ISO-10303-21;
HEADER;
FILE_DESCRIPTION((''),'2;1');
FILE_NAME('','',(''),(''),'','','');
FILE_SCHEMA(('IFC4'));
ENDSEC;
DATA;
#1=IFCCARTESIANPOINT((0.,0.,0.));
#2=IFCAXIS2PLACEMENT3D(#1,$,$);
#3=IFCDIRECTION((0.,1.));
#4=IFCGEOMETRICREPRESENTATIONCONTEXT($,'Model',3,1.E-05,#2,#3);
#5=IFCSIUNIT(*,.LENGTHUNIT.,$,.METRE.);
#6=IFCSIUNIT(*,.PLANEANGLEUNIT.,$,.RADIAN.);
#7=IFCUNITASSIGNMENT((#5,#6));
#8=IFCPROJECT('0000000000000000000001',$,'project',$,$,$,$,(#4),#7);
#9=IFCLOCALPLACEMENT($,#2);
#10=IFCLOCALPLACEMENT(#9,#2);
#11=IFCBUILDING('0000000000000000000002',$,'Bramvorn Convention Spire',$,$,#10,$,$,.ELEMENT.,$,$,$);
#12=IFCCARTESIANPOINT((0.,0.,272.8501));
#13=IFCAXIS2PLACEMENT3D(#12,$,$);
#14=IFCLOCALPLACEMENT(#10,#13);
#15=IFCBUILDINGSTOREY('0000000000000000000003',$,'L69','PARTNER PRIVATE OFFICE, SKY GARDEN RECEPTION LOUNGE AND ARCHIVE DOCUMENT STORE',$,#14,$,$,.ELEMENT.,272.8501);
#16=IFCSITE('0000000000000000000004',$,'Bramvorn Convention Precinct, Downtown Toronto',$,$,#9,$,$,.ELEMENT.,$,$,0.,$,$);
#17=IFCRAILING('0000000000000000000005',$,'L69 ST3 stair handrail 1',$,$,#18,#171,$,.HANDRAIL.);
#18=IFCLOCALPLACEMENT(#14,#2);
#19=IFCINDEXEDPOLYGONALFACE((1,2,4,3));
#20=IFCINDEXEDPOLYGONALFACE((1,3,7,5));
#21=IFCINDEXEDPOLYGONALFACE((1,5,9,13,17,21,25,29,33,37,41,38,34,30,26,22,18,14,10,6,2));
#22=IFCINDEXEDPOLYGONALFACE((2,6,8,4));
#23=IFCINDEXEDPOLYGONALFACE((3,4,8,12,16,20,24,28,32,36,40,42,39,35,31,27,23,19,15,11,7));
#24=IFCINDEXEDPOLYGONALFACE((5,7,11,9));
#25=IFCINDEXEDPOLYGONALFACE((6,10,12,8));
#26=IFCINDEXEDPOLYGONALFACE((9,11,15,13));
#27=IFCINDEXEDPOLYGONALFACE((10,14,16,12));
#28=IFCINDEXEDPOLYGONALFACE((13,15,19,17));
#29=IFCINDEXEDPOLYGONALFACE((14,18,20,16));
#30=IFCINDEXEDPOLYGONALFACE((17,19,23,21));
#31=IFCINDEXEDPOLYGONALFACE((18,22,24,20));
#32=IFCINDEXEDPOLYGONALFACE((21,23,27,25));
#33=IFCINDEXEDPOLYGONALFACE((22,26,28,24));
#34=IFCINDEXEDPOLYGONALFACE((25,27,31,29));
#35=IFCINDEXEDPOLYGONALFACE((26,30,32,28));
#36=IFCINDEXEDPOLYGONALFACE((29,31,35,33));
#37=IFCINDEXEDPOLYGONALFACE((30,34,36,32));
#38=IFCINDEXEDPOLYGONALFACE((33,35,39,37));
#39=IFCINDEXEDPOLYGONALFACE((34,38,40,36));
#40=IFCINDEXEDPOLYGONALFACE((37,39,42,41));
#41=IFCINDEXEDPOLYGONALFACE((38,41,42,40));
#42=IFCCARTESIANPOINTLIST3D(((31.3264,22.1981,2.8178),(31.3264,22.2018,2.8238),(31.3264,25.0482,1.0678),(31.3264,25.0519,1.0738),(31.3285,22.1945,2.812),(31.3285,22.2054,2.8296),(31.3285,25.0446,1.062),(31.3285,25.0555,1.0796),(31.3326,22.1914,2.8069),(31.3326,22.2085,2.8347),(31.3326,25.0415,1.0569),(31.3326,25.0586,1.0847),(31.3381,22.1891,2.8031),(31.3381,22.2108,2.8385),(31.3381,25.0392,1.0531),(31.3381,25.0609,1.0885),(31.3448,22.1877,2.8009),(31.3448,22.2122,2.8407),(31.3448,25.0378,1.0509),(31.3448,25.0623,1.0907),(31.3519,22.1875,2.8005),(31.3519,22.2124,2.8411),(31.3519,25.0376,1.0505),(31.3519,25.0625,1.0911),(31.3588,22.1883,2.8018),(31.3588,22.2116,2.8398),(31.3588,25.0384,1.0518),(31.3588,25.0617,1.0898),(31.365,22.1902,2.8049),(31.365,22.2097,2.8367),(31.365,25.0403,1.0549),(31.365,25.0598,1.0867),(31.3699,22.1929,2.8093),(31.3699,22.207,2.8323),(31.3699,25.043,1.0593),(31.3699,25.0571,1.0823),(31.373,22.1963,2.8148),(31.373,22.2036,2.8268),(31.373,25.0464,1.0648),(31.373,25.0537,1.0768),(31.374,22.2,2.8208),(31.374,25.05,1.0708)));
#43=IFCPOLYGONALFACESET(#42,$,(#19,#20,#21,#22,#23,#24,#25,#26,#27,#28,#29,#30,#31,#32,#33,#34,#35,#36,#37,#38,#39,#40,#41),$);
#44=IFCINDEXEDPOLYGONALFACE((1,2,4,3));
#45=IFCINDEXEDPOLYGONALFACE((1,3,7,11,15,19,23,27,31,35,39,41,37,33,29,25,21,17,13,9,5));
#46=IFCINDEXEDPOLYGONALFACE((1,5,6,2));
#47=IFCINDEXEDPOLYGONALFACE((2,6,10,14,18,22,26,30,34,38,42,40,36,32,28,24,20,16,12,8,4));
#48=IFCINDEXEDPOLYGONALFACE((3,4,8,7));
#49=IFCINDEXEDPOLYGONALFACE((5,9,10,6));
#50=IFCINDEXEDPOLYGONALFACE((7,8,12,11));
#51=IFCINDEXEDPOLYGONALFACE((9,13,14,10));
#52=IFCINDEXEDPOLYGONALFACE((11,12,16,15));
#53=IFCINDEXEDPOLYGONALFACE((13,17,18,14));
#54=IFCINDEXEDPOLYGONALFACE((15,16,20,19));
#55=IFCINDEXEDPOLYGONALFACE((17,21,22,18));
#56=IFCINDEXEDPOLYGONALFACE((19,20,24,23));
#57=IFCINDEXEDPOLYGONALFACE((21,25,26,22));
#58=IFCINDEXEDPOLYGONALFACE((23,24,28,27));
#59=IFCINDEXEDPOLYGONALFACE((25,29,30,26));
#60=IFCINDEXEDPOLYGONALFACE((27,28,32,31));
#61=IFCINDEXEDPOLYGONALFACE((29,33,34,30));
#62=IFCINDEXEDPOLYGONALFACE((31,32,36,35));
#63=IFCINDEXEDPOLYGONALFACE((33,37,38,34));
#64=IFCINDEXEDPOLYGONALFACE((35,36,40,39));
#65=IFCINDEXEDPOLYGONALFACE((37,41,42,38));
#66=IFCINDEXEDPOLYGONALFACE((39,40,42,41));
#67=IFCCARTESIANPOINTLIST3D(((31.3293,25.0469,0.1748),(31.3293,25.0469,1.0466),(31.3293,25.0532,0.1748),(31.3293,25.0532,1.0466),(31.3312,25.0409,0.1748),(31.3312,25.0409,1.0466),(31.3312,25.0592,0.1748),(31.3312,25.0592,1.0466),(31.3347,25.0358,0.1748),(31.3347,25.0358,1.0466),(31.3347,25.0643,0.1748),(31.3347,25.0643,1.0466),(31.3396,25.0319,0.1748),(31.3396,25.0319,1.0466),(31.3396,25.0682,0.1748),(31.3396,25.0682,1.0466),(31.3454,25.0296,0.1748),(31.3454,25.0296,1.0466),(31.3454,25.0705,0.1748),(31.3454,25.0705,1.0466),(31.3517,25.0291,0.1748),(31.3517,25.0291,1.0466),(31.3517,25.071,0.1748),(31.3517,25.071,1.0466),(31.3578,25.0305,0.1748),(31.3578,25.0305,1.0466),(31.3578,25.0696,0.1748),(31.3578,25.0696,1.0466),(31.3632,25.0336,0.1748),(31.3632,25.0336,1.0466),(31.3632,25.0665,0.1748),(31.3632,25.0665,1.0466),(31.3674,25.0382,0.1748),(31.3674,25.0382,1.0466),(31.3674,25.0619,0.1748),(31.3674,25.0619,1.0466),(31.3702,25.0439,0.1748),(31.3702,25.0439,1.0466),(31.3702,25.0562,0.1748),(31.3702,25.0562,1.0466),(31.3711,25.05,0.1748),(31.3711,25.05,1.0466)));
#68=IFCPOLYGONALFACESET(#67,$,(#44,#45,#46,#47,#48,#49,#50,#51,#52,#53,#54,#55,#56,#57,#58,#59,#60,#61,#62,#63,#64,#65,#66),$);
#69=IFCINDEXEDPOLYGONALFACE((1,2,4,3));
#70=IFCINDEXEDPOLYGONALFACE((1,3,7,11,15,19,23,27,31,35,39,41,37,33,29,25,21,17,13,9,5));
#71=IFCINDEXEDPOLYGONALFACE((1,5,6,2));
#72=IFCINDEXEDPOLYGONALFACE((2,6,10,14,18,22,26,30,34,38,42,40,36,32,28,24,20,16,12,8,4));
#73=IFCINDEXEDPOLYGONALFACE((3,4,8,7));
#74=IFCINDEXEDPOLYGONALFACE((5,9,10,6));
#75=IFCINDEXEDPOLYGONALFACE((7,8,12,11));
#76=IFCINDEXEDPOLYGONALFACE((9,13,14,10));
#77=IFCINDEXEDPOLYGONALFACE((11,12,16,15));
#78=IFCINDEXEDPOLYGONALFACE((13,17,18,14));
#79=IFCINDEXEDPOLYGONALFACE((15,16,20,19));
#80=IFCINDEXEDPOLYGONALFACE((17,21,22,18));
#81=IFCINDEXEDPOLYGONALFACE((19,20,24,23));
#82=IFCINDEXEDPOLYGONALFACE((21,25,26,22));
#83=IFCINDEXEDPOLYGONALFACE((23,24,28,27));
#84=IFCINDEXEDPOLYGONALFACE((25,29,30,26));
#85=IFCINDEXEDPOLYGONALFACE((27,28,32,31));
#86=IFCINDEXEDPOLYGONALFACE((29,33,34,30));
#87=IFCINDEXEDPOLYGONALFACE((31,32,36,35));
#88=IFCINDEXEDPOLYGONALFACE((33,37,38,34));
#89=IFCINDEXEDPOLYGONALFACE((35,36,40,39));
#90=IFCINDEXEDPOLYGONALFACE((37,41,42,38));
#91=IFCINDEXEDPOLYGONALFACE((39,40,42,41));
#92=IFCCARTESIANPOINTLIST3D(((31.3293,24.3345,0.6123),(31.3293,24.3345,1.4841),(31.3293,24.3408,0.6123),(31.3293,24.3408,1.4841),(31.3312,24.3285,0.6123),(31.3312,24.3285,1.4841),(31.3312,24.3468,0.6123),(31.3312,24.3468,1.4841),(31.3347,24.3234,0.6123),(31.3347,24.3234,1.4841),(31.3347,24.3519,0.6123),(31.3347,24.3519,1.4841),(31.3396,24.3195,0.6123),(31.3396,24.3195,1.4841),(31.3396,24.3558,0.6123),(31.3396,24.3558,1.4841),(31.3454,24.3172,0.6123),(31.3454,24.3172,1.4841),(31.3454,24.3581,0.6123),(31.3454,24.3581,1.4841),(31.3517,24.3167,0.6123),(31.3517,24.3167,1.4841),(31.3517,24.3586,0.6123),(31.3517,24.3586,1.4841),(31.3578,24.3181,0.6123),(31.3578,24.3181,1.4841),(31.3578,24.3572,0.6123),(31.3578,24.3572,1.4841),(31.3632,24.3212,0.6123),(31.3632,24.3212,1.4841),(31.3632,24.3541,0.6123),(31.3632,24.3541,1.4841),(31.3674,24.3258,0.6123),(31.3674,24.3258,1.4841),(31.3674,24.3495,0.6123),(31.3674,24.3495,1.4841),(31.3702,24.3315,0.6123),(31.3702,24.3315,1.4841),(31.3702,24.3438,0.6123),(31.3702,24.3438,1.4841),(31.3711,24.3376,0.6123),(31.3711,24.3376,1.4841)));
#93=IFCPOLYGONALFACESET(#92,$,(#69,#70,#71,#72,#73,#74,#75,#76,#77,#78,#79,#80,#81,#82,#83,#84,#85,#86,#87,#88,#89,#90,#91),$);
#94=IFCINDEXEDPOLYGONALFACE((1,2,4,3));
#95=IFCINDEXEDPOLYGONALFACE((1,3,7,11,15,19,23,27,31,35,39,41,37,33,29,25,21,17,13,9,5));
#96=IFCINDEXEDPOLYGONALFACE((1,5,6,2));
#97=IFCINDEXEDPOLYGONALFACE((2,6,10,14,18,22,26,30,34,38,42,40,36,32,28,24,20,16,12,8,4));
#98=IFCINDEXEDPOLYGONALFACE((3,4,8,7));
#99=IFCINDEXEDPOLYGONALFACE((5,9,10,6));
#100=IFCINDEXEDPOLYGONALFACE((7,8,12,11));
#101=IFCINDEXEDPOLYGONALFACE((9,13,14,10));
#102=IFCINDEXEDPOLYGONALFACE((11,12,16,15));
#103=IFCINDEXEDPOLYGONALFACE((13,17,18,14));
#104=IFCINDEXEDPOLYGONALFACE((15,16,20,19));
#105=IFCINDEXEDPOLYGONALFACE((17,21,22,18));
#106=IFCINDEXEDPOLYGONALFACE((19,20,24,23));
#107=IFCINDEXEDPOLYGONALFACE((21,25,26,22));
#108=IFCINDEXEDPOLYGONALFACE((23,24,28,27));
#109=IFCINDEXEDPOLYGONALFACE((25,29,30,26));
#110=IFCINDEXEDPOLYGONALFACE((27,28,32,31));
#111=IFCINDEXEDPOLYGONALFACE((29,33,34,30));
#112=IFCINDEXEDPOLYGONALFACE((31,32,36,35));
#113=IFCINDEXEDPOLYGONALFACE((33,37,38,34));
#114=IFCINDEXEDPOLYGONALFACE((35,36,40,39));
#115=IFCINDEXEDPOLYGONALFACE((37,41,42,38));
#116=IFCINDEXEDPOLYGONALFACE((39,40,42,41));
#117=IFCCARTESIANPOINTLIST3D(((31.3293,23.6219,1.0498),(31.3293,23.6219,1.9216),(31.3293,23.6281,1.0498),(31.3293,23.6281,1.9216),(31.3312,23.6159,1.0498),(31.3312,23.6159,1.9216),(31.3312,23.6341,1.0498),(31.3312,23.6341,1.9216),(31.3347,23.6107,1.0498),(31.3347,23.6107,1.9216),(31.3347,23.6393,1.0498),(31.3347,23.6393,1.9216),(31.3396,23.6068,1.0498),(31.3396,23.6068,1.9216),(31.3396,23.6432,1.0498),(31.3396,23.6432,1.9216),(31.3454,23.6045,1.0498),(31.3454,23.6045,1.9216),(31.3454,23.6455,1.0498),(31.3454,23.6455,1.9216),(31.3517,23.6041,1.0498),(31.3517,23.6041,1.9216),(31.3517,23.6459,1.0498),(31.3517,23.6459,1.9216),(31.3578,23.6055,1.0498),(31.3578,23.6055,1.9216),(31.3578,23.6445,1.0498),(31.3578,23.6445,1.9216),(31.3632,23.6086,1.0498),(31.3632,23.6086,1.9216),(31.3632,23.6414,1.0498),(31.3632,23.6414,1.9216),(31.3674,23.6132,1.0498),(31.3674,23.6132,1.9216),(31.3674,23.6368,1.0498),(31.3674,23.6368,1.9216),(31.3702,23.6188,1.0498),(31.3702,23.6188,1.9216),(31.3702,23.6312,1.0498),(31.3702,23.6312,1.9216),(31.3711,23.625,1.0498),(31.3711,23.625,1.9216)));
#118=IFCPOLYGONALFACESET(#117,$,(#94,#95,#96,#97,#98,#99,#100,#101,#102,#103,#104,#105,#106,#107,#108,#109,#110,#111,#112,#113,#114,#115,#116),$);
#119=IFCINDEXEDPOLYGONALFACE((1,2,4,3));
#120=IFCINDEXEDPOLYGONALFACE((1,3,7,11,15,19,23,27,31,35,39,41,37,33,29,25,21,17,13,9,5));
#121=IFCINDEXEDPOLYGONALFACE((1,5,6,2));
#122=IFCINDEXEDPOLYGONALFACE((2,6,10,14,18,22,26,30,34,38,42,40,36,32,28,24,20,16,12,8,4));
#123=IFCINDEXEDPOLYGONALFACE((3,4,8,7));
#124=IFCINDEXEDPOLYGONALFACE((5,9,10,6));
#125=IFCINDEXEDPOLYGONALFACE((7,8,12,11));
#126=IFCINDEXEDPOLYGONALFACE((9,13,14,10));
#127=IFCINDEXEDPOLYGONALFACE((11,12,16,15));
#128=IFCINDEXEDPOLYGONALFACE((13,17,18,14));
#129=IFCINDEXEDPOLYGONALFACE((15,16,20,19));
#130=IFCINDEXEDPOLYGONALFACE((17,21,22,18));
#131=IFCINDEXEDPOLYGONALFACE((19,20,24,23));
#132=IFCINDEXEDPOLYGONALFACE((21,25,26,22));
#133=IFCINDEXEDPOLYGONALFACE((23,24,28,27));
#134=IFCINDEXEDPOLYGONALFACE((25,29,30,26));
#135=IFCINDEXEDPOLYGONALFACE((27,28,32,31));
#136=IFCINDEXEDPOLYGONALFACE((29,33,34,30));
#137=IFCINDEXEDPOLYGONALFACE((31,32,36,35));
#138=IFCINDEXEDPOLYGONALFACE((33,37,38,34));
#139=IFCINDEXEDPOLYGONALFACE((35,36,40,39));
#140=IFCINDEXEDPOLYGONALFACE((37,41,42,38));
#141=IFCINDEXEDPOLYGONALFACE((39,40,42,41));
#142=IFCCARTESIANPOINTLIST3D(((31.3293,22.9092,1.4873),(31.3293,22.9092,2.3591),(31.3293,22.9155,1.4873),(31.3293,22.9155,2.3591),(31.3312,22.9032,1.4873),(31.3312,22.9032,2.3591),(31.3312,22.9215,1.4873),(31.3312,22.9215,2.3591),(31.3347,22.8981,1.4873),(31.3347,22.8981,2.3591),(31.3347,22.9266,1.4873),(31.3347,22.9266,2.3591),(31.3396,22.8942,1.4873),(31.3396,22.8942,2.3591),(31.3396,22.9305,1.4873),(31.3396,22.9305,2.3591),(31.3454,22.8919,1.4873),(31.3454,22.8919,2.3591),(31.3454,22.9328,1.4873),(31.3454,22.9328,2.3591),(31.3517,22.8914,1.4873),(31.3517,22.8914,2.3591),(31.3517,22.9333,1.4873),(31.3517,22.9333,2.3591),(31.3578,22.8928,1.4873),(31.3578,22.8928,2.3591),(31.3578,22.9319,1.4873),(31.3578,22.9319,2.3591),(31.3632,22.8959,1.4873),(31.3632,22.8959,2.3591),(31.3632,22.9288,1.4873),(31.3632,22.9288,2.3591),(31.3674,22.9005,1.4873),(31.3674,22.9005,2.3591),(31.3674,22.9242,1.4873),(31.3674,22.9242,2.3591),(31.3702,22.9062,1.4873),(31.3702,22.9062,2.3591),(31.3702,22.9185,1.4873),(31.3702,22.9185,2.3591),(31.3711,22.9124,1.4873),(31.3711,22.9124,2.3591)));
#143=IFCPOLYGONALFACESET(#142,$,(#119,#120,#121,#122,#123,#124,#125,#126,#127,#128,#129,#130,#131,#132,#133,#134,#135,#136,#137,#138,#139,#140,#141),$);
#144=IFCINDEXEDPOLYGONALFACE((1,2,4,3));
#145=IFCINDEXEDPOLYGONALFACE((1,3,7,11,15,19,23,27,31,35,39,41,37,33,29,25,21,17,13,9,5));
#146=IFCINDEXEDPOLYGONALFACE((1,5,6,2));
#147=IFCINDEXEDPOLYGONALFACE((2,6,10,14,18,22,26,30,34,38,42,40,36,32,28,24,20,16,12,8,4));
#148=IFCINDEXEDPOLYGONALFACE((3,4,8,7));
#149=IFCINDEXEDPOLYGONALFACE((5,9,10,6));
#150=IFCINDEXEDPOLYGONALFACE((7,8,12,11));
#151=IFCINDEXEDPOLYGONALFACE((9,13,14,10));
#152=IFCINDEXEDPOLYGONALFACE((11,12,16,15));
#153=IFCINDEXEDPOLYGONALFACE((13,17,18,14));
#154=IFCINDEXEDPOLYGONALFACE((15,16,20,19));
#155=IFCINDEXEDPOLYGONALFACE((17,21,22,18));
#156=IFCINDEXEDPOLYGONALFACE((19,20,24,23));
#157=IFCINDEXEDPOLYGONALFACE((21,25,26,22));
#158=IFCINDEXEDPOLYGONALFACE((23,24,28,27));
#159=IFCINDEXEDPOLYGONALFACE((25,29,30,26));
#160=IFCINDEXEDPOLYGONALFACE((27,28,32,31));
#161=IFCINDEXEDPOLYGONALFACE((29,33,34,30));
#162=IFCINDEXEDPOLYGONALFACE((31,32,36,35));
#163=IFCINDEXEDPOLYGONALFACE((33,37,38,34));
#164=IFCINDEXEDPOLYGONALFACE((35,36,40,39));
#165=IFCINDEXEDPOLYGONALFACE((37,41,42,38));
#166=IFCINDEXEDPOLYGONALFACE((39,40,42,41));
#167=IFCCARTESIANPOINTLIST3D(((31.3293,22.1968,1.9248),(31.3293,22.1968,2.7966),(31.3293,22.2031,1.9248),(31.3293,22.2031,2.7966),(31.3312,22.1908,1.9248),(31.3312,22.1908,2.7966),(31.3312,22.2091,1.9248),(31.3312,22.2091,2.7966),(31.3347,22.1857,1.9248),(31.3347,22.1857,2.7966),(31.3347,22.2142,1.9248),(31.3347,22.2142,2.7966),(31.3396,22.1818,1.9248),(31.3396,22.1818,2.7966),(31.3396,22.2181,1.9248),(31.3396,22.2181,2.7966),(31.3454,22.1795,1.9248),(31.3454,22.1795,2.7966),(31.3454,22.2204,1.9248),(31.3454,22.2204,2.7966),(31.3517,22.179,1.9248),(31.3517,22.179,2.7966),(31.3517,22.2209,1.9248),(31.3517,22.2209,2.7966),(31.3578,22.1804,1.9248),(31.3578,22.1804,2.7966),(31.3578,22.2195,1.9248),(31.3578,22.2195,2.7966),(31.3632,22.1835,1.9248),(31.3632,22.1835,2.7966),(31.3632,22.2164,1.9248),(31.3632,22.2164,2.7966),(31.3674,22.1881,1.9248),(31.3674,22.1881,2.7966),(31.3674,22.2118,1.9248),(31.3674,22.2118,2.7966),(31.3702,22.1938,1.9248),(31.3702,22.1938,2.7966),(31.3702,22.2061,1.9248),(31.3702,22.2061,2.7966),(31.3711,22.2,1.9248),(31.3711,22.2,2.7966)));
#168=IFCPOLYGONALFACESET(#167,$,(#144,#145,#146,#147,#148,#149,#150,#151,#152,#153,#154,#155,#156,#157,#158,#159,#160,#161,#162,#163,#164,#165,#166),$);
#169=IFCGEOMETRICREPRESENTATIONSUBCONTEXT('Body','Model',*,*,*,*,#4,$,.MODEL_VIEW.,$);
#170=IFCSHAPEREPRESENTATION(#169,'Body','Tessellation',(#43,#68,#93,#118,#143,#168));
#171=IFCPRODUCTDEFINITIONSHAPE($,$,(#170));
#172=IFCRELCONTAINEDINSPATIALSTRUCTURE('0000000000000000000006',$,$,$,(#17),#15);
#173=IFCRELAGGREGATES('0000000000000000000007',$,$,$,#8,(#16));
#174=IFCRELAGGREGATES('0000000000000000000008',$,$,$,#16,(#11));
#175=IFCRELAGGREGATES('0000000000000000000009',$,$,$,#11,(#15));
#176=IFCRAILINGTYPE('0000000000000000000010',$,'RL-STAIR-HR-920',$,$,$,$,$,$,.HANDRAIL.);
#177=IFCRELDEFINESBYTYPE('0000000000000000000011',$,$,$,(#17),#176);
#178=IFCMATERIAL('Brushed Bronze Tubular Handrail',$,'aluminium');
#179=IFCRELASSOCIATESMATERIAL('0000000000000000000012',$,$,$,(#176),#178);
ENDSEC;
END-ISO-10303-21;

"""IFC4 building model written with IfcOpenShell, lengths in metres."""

from ifc_helpers import new_model, si_unit, direction, frame, origin, origin_2d, place, context, subcontext, project, spatial, circle, extrude, material, type_object, element, save


model = new_model("IFC4")

# Units and contexts
model_context = context("Model", 3, precision=1e-05, world=origin(), true_north=direction((0.0, 1.0)))
body_context = subcontext(model_context, "Body", "Model", "MODEL_VIEW")
ifc_project = project(units=[si_unit("LENGTHUNIT", "METRE"), si_unit("PLANEANGLEUNIT", "RADIAN")], contexts=[model_context])

# Site, building, storey
site_placement = place(None, origin())
site = spatial("IfcSite", under=ifc_project, at=site_placement, Name="Bramvorn Convention Precinct, Downtown Toronto", CompositionType="ELEMENT", RefElevation=0.0)
building_placement = place(site_placement, origin())
building = spatial("IfcBuilding", under=site, at=building_placement, Name="Bramvorn Convention Spire", CompositionType="ELEMENT")
storey_placement = place(building_placement, frame((0.0, 0.0, 272.8501)))
storey = spatial("IfcBuildingStorey", under=building, at=storey_placement, Name="L69", Description="PARTNER PRIVATE OFFICE, SKY GARDEN RECEPTION LOUNGE AND ARCHIVE DOCUMENT STORE", CompositionType="ELEMENT", Elevation=272.8501)

# Railing
ifc_material_1 = material(Name="Brushed Bronze Tubular Handrail", Category="aluminium")
railing_type_1 = type_object("IfcRailingType", Name="RL-STAIR-HR-920", PredefinedType="HANDRAIL", material=ifc_material_1)
railing_1_placement = place(storey_placement, frame((31.3501, 25.05, 0.1748)))
element("IfcRailing", 1, at=railing_1_placement, inside=storey, type_object=railing_type_1, Name="L69 ST3 stair handrail 1", PredefinedType="HANDRAIL", context=body_context, shape_type="SweptSolid", body=[
    extrude(circle(Radius=0.0239, at=origin_2d()), frame((0.0, 0.0, 0.896), z_axis=(0.0, -0.852179, 0.52325), x_axis=(1.0, 0.0, 0.0)), (0.0, 0.0, 1.0), 3.3445),
    extrude(circle(Radius=0.021, at=origin_2d()), origin(), (0.0, 0.0, 1.0), 0.8718),
    extrude(circle(Radius=0.021, at=origin_2d()), frame((0.0, -0.7124, 0.4375)), (0.0, 0.0, 1.0), 0.8718),
    extrude(circle(Radius=0.021, at=origin_2d()), frame((0.0, -1.425, 0.875)), (0.0, 0.0, 1.0), 0.8718),
    extrude(circle(Radius=0.021, at=origin_2d()), frame((0.0, -2.1377, 1.3125)), (0.0, 0.0, 1.0), 0.8718),
    extrude(circle(Radius=0.021, at=origin_2d()), frame((0.0, -2.8501, 1.75)), (0.0, 0.0, 1.0), 0.8718),
])

save(model, "model.ifc")
